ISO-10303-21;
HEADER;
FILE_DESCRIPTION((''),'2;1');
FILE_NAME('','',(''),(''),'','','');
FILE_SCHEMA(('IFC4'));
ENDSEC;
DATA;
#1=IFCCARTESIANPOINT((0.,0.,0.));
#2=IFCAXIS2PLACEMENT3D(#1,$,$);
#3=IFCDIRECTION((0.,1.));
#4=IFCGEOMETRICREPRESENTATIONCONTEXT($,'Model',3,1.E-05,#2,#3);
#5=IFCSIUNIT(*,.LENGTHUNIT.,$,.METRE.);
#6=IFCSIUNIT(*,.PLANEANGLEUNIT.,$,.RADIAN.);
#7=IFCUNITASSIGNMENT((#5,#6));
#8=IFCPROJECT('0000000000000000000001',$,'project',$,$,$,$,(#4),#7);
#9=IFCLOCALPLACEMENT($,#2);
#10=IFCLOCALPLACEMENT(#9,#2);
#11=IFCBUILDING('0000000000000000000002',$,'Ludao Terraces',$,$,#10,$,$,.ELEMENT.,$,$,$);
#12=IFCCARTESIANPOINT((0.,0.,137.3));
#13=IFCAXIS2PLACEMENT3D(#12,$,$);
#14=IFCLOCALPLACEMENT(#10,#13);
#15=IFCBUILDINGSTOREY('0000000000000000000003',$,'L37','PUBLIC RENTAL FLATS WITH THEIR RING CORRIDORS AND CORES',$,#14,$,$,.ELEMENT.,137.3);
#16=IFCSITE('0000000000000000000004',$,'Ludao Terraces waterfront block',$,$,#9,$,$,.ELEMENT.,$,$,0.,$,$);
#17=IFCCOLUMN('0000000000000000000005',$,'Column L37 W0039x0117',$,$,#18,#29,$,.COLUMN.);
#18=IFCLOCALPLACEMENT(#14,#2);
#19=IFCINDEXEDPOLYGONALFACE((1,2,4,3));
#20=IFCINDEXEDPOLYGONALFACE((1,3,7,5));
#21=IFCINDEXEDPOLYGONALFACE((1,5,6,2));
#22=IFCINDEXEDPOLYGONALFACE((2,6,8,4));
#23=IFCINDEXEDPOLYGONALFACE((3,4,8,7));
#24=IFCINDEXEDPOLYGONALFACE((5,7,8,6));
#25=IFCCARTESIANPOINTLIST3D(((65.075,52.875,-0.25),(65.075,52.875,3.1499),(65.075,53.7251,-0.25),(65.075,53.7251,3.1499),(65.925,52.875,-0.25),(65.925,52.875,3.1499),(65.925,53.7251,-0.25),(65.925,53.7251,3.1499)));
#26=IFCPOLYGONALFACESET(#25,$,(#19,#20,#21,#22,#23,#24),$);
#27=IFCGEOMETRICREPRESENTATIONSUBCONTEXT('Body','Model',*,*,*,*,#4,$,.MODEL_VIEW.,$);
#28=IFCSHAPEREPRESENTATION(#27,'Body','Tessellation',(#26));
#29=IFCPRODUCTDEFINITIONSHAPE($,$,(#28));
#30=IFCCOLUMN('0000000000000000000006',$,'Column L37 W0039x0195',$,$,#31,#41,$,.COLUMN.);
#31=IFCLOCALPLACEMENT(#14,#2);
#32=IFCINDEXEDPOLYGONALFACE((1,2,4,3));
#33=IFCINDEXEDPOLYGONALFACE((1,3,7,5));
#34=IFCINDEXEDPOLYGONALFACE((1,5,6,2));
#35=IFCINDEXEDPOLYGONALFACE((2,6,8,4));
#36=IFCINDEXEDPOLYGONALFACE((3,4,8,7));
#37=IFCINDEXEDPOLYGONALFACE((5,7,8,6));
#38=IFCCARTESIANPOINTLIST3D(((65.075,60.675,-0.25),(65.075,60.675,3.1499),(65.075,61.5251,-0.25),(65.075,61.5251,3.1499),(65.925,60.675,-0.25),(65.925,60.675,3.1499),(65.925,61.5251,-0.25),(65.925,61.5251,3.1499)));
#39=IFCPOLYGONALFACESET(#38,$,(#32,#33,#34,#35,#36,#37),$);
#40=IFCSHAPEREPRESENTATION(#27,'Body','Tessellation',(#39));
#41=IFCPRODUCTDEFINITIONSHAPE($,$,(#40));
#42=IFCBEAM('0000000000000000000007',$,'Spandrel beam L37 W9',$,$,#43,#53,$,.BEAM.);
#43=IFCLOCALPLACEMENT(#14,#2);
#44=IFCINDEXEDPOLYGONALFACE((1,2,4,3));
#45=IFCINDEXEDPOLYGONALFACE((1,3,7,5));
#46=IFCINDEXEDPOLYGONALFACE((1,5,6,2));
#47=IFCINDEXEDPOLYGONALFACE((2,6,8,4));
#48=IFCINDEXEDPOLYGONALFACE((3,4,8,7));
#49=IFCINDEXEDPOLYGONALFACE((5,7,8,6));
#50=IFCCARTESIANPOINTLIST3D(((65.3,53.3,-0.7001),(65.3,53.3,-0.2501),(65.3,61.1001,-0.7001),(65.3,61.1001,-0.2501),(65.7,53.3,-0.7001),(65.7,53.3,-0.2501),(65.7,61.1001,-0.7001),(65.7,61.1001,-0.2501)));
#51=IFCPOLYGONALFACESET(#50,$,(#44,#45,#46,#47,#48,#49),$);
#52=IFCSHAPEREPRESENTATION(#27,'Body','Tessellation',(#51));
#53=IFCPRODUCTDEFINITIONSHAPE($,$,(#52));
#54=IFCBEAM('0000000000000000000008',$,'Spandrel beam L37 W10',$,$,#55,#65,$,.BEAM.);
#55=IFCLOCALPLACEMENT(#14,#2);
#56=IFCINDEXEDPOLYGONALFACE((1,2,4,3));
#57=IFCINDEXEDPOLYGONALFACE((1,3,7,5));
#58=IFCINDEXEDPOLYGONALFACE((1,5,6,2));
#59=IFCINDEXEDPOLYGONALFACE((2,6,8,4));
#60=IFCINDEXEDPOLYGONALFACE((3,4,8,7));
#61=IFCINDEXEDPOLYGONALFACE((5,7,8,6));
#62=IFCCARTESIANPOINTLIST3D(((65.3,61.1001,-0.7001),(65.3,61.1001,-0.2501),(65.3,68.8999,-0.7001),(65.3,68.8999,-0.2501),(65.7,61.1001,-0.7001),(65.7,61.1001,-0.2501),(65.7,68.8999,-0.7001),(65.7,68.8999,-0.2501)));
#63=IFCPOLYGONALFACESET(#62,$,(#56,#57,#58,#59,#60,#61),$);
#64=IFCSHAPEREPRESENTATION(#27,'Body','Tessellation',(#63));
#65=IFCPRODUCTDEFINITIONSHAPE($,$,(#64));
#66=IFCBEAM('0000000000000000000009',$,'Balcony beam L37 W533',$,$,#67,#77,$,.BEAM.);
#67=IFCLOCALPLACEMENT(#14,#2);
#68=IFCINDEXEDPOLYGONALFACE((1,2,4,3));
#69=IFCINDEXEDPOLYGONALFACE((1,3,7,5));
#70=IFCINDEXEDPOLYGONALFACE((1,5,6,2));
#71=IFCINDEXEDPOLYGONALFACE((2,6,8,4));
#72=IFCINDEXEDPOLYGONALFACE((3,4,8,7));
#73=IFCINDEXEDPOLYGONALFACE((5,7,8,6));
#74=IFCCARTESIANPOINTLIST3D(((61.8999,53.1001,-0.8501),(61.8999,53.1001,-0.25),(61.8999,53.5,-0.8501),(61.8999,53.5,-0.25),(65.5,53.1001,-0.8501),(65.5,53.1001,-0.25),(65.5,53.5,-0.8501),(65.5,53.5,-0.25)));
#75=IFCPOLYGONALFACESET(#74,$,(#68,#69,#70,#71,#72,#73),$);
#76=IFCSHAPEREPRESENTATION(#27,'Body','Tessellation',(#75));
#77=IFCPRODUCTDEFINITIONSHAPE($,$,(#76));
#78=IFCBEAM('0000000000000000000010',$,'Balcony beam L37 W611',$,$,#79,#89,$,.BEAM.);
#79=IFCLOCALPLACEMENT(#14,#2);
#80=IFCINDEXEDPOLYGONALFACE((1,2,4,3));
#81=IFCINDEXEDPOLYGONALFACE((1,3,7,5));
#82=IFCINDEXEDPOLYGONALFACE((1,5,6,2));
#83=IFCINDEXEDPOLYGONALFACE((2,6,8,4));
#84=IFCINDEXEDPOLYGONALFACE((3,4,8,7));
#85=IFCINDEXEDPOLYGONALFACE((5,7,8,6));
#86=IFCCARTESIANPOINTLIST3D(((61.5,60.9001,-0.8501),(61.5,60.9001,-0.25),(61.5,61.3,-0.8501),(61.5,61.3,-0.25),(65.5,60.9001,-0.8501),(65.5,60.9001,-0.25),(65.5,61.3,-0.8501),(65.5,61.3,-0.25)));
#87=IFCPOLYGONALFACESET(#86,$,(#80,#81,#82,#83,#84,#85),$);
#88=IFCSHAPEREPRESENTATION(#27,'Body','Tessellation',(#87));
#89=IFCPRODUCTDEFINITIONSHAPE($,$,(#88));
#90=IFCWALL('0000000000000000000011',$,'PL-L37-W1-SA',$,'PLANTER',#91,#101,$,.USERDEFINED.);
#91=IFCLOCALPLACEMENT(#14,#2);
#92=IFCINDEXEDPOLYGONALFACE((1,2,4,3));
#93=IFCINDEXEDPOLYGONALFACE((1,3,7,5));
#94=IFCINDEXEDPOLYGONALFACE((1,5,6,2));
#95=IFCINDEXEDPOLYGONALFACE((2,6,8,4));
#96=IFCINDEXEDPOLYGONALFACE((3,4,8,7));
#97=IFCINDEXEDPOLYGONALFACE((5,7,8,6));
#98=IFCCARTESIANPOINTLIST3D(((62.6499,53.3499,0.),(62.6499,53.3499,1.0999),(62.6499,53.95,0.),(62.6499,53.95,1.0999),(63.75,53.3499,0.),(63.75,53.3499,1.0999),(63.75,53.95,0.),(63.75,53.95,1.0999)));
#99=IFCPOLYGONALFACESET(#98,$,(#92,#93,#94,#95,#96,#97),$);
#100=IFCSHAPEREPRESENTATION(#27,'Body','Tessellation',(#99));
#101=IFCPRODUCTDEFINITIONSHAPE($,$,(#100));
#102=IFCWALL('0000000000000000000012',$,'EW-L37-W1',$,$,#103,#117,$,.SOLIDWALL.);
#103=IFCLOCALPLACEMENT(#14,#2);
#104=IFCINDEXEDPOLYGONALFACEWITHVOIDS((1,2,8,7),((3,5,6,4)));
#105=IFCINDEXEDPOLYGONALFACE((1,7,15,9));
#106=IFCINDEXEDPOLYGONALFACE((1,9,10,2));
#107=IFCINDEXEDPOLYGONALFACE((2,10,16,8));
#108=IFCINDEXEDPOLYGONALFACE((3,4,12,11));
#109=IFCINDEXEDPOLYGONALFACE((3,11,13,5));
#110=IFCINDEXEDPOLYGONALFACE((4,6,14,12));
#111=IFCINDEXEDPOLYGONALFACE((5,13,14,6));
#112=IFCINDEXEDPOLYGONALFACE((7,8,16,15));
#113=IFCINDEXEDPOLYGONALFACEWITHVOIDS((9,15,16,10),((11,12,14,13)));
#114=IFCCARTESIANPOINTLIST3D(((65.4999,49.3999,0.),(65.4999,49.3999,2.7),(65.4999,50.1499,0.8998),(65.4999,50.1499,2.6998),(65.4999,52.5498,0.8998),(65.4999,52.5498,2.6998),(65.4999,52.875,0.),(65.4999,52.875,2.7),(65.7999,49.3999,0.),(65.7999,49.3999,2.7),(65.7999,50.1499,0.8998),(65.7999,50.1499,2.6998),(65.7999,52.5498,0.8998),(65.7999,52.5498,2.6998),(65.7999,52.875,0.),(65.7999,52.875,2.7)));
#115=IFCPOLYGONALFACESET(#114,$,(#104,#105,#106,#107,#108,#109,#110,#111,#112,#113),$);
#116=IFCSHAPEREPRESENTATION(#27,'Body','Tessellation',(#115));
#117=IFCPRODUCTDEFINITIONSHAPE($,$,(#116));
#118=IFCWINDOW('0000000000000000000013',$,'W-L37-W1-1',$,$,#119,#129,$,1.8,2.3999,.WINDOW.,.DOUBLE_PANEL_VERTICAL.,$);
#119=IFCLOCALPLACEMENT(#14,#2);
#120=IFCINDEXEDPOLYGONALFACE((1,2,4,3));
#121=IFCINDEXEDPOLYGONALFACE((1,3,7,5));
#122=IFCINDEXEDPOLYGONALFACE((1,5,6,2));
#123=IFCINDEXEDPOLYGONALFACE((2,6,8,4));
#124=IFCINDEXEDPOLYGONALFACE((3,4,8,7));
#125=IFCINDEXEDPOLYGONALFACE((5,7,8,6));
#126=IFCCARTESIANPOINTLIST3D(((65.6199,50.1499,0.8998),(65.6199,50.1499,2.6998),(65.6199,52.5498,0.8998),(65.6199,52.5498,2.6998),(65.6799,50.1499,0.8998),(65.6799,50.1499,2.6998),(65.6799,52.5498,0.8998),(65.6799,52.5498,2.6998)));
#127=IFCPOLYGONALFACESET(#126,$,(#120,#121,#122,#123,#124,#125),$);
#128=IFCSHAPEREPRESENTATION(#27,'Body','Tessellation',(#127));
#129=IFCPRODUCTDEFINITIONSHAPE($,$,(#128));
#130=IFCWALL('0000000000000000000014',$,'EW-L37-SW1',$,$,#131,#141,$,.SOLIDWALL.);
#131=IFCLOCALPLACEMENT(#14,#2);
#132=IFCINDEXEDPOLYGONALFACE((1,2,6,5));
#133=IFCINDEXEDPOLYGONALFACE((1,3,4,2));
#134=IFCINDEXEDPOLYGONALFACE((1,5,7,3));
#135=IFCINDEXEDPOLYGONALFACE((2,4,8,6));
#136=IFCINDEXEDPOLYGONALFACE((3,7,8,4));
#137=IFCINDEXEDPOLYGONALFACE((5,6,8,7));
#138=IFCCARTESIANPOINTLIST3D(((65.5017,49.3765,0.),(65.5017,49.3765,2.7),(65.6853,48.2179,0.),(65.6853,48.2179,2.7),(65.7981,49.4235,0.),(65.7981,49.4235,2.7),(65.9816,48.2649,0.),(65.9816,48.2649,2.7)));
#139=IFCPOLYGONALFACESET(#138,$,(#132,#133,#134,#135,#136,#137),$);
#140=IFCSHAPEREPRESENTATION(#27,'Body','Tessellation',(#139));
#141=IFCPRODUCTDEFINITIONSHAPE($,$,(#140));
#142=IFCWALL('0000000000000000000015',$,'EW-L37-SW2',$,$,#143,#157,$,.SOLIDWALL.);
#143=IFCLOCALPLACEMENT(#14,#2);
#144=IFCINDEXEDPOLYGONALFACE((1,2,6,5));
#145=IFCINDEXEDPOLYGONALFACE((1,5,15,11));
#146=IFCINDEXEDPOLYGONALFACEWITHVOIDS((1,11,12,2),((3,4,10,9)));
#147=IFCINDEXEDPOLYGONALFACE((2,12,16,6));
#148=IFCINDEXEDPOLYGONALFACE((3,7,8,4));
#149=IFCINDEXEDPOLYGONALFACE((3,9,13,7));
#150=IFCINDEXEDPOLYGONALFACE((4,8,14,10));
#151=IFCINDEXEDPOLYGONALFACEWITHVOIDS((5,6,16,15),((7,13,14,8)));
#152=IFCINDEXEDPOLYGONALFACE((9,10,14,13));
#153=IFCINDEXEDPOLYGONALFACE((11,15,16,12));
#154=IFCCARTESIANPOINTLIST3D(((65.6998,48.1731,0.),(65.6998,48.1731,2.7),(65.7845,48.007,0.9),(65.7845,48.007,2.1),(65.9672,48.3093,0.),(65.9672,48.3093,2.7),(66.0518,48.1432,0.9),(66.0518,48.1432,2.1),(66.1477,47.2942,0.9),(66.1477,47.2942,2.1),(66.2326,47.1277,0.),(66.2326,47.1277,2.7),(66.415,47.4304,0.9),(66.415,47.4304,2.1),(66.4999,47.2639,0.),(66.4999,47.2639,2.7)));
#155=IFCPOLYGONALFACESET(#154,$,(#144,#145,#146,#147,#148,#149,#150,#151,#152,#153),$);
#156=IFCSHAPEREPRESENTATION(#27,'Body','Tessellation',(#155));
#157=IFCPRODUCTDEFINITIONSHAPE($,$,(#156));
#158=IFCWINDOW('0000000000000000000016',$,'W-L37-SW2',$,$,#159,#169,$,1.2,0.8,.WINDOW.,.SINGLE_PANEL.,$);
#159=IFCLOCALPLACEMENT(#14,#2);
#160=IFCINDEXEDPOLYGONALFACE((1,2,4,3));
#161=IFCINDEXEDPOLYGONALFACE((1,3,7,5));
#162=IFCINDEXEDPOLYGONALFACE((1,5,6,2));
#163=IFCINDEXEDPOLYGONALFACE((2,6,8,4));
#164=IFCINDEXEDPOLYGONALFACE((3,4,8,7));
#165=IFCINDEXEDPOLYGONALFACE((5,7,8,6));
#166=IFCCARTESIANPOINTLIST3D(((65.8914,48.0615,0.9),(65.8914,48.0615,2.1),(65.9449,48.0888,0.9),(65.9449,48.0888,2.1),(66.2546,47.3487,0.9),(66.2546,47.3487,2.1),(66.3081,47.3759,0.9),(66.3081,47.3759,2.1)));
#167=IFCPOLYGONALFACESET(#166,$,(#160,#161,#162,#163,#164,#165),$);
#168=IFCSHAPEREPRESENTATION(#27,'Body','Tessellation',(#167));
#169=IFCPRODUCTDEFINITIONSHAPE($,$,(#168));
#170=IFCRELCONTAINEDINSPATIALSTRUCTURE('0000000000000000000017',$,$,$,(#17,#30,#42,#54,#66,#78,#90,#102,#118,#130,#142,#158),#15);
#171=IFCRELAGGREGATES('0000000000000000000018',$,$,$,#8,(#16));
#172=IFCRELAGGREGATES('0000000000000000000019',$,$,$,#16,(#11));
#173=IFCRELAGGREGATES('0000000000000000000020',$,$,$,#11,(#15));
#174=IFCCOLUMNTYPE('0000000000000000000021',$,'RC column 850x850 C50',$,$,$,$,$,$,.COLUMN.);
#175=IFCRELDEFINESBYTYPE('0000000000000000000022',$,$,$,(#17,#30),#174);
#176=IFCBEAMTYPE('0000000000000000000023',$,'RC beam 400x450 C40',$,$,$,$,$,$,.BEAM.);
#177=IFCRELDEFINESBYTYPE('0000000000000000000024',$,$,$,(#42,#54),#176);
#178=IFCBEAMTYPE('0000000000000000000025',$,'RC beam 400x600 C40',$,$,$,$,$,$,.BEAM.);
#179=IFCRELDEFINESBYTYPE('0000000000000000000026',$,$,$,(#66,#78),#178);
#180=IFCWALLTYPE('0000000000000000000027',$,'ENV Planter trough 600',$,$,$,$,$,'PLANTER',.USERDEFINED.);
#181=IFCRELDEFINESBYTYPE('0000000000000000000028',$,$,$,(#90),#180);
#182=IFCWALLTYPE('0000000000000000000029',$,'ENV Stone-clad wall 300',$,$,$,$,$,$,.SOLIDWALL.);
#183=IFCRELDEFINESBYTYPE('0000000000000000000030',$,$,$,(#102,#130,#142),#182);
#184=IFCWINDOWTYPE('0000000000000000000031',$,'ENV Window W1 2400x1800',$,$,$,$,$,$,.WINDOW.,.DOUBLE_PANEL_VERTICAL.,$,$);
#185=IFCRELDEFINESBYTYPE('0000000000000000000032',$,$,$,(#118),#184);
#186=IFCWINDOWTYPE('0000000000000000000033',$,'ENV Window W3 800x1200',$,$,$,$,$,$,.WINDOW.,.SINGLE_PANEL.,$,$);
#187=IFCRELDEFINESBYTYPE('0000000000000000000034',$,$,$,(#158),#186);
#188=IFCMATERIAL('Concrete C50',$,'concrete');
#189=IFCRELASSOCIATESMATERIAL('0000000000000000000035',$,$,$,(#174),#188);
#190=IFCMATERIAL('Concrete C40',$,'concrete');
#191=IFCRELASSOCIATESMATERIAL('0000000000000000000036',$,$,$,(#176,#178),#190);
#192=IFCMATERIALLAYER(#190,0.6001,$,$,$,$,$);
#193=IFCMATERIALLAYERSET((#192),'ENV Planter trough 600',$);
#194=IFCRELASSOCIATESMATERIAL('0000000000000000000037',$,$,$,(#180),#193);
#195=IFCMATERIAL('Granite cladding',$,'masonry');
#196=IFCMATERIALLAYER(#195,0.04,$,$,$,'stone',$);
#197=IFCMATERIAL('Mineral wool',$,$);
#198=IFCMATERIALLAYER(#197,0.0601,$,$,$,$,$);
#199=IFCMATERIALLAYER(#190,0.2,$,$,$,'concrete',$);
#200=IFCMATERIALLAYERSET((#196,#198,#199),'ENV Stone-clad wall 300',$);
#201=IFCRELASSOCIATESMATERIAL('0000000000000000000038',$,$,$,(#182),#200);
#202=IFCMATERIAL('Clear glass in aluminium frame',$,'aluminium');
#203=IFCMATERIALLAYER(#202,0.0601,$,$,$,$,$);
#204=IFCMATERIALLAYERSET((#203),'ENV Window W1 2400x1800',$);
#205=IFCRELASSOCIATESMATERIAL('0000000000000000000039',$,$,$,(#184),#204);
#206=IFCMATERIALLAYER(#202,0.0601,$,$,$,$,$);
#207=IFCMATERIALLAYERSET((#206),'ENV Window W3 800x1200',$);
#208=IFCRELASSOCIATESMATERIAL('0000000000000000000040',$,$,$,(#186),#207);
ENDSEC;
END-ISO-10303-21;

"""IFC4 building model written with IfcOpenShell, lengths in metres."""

from ifc_helpers import new_model, si_unit, direction, frame, frame_2d, origin, origin_2d, place, context, subcontext, project, spatial, rectangle, extrude, material, layer, layer_set, material_profile, profile_set, type_object, element, fill, save


model = new_model("IFC4")

# Units and contexts
model_context = context("Model", 3, precision=1e-05, world=origin(), true_north=direction((0.0, 1.0)))
body_context = subcontext(model_context, "Body", "Model", "MODEL_VIEW")
ifc_project = project(units=[si_unit("LENGTHUNIT", "METRE"), si_unit("PLANEANGLEUNIT", "RADIAN")], contexts=[model_context])

# Site, building, storey
site_placement = place(None, origin())
site = spatial("IfcSite", under=ifc_project, at=site_placement, Name="Ludao Terraces waterfront block", CompositionType="ELEMENT", RefElevation=0.0)
building_placement = place(site_placement, origin())
building = spatial("IfcBuilding", under=site, at=building_placement, Name="Ludao Terraces", CompositionType="ELEMENT")
storey_placement = place(building_placement, frame((0.0, 0.0, 137.3)))
storey = spatial("IfcBuildingStorey", under=building, at=storey_placement, Name="L37", Description="PUBLIC RENTAL FLATS WITH THEIR RING CORRIDORS AND CORES", CompositionType="ELEMENT", Elevation=137.3)

# Columns
ifc_material_1 = material(Name="Concrete C50", Category="concrete")
ifc_material_profile_1 = material_profile(ifc_material_1, rectangle(XDim=0.8501, YDim=0.8501, at=origin_2d()), Name="850 X 850")
ifc_profile_set_1 = profile_set([ifc_material_profile_1], Name="Concrete C50")
column_type = type_object("IfcColumnType", Name="RC column 850x850 C50", PredefinedType="COLUMN", material=ifc_profile_set_1)
for number, where, z_axis, x_axis, name in (
    (1, (65.5, 53.3, -0.25), (0.0, 0.0, 1.0), (1.0, 0.0, 0.0), "Column L37 W0039x0117"),
    (2, (65.5, 61.1001, -0.25), (0.0, 0.0, 1.0), (1.0, 0.0, 0.0), "Column L37 W0039x0195"),
):
    element("IfcColumn", number, at=place(storey_placement, frame(where, z_axis=z_axis, x_axis=x_axis)), inside=storey, type_object=column_type, Name=name, PredefinedType="COLUMN", context=body_context, shape_type="SweptSolid", body=[
        extrude(rectangle(XDim=0.8501, YDim=0.8501, at=origin_2d()), origin(), (0.0, 0.0, 1.0), 3.3999),
    ])

# Beams
ifc_material_2 = material(Name="Concrete C40", Category="concrete")
ifc_material_profile_2 = material_profile(ifc_material_2, rectangle(XDim=0.3999, YDim=0.45, at=origin_2d()), Name="400 X 450")
ifc_profile_set_2 = profile_set([ifc_material_profile_2], Name="Concrete C40")
beam_type_1 = type_object("IfcBeamType", Name="RC beam 400x450 C40", PredefinedType="BEAM", material=ifc_profile_set_2)
beam_1_placement = place(storey_placement, frame((65.5, 53.3, -0.4751), z_axis=(0.0, 1.0, 0.0), x_axis=(-1.0, 0.0, 0.0)))
element("IfcBeam", 3, at=beam_1_placement, inside=storey, type_object=beam_type_1, Name="Spandrel beam L37 W9", PredefinedType="BEAM", context=body_context, shape_type="SweptSolid", body=[
    extrude(rectangle(XDim=0.3999, YDim=0.45, at=origin_2d()), origin(), (0.0, 0.0, 1.0), 7.8),
])
beam_2_placement = place(storey_placement, frame((65.5, 61.1001, -0.4751), z_axis=(0.0, 1.0, 0.0), x_axis=(-1.0, 0.0, 0.0)))
element("IfcBeam", 4, at=beam_2_placement, inside=storey, type_object=beam_type_1, Name="Spandrel beam L37 W10", PredefinedType="BEAM", context=body_context, shape_type="SweptSolid", body=[
    extrude(rectangle(XDim=0.3999, YDim=0.45, at=origin_2d()), origin(), (0.0, 0.0, 1.0), 7.7998),
])
ifc_material_profile_3 = material_profile(ifc_material_2, rectangle(XDim=0.3999, YDim=0.6001, at=origin_2d()), Name="400 X 600")
ifc_profile_set_3 = profile_set([ifc_material_profile_3], Name="Concrete C40")
beam_type_2 = type_object("IfcBeamType", Name="RC beam 400x600 C40", PredefinedType="BEAM", material=ifc_profile_set_3)
beam_3_placement = place(storey_placement, frame((65.5, 53.3, -0.55), z_axis=(-1.0, 0.0, 0.0), x_axis=(0.0, -1.0, 0.0)))
element("IfcBeam", 5, at=beam_3_placement, inside=storey, type_object=beam_type_2, Name="Balcony beam L37 W533", PredefinedType="BEAM", context=body_context, shape_type="SweptSolid", body=[
    extrude(rectangle(XDim=0.3999, YDim=0.6001, at=origin_2d()), origin(), (0.0, 0.0, 1.0), 3.6001),
])
beam_4_placement = place(storey_placement, frame((65.5, 61.1001, -0.55), z_axis=(-1.0, 0.0, 0.0), x_axis=(0.0, -1.0, 0.0)))
element("IfcBeam", 6, at=beam_4_placement, inside=storey, type_object=beam_type_2, Name="Balcony beam L37 W611", PredefinedType="BEAM", context=body_context, shape_type="SweptSolid", body=[
    extrude(rectangle(XDim=0.3999, YDim=0.6001, at=origin_2d()), origin(), (0.0, 0.0, 1.0), 4.0),
])

# Wall
ifc_layer_1 = layer(ifc_material_2, 0.6001)
ifc_layer_set_1 = layer_set([ifc_layer_1], Name="ENV Planter trough 600")
wall_type_1 = type_object("IfcWallType", Name="ENV Planter trough 600", ElementType="PLANTER", PredefinedType="USERDEFINED", material=ifc_layer_set_1)
wall_1_placement = place(storey_placement, frame((62.6499, 53.6499, 0.0), z_axis=(0.0, 0.0, 1.0), x_axis=(1.0, 0.0, 0.0)))
element("IfcWall", 7, at=wall_1_placement, inside=storey, type_object=wall_type_1, Name="PL-L37-W1-SA", ObjectType="PLANTER", PredefinedType="USERDEFINED", context=body_context, shape_type="SweptSolid", body=[
    extrude(rectangle(XDim=1.1001, YDim=0.6001, at=frame_2d((0.55, 0.0))), origin(), (0.0, 0.0, 1.0), 1.0999),
])

# Wall, opening, window
ifc_material_3 = material(Name="Granite cladding", Category="masonry")
ifc_layer_2 = layer(ifc_material_3, 0.04, Category="stone")
ifc_material_4 = material(Name="Mineral wool")
ifc_layer_3 = layer(ifc_material_4, 0.0601)
ifc_layer_4 = layer(ifc_material_2, 0.2, Category="concrete")
ifc_layer_set_2 = layer_set([ifc_layer_2, ifc_layer_3, ifc_layer_4], Name="ENV Stone-clad wall 300")
wall_type_2 = type_object("IfcWallType", Name="ENV Stone-clad wall 300", PredefinedType="SOLIDWALL", material=ifc_layer_set_2)
wall_2_placement = place(storey_placement, frame((65.6499, 49.3999, 0.0), z_axis=(0.0, 0.0, 1.0), x_axis=(0.0, 1.0, 0.0)))
wall_2 = element("IfcWall", 8, at=wall_2_placement, inside=storey, type_object=wall_type_2, Name="EW-L37-W1", PredefinedType="SOLIDWALL", context=body_context, shape_type="SweptSolid", body=[
    extrude(rectangle(XDim=3.4751, YDim=0.3, at=frame_2d((1.7375, 0.0))), origin(), (0.0, 0.0, 1.0), 2.7),
])
opening_1_placement = place(wall_2_placement, frame((0.75, 0.0, 0.8999)))
opening_1 = element("IfcOpeningElement", 9, at=opening_1_placement, cuts=wall_2, PredefinedType="OPENING", context=body_context, shape_type="SweptSolid", body=[
    extrude(rectangle(XDim=2.3999, YDim=1.8, at=frame_2d((1.2, 0.8999))), frame((0.0, 0.1602, 0.0), z_axis=(0.0, -1.0, 0.0), x_axis=(1.0, 0.0, 0.0)), (0.0, 0.0, 1.0), 0.3201),
])
ifc_material_5 = material(Name="Clear glass in aluminium frame", Category="aluminium")
ifc_layer_5 = layer(ifc_material_5, 0.0601)
ifc_layer_set_3 = layer_set([ifc_layer_5], Name="ENV Window W1 2400x1800")
window_type_1 = type_object("IfcWindowType", Name="ENV Window W1 2400x1800", PartitioningType="DOUBLE_PANEL_VERTICAL", PredefinedType="WINDOW", material=ifc_layer_set_3)
window_1_placement = place(opening_1_placement, origin())
window_1 = element("IfcWindow", 10, at=window_1_placement, inside=storey, type_object=window_type_1, Name="W-L37-W1-1", OverallHeight=1.8, OverallWidth=2.3999, PartitioningType="DOUBLE_PANEL_VERTICAL", PredefinedType="WINDOW", context=body_context, shape_type="SweptSolid", body=[
    extrude(rectangle(XDim=2.3999, YDim=1.8, at=frame_2d((1.2, 0.8999))), frame((0.0, 0.03, 0.0), z_axis=(0.0, -1.0, 0.0), x_axis=(1.0, 0.0, 0.0)), (0.0, 0.0, 1.0), 0.0601),
])
fill(opening_1, window_1)

# Wall
wall_3_placement = place(storey_placement, frame((65.6499, 49.3999, 0.0), z_axis=(0.0, 0.0, 1.0), x_axis=(0.156497, -0.987678, 0.0)))
element("IfcWall", 11, at=wall_3_placement, inside=storey, type_object=wall_type_2, Name="EW-L37-SW1", PredefinedType="SOLIDWALL", context=body_context, shape_type="SweptSolid", body=[
    extrude(rectangle(XDim=1.1731, YDim=0.3, at=frame_2d((0.5864, 0.0))), origin(), (0.0, 0.0, 1.0), 2.7),
])

# Wall, opening, window
wall_4_placement = place(storey_placement, frame((65.8335, 48.2412, 0.0), z_axis=(0.0, 0.0, 1.0), x_axis=(0.454026, -0.890989, 0.0)))
wall_4 = element("IfcWall", 12, at=wall_4_placement, inside=storey, type_object=wall_type_2, Name="EW-L37-SW2", PredefinedType="SOLIDWALL", context=body_context, shape_type="SweptSolid", body=[
    extrude(rectangle(XDim=1.1733, YDim=0.3, at=frame_2d((0.5867, 0.0))), origin(), (0.0, 0.0, 1.0), 2.7),
])
opening_2_placement = place(wall_4_placement, frame((0.1865, 0.0, 0.8999)))
opening_2 = element("IfcOpeningElement", 13, at=opening_2_placement, cuts=wall_4, PredefinedType="OPENING", context=body_context, shape_type="SweptSolid", body=[
    extrude(rectangle(XDim=0.8, YDim=1.2, at=frame_2d((0.3999, 0.6001))), frame((0.0, 0.1602, 0.0), z_axis=(0.0, -1.0, 0.0), x_axis=(1.0, 0.0, 0.0)), (0.0, 0.0, 1.0), 0.3201),
])
ifc_layer_6 = layer(ifc_material_5, 0.0601)
ifc_layer_set_4 = layer_set([ifc_layer_6], Name="ENV Window W3 800x1200")
window_type_2 = type_object("IfcWindowType", Name="ENV Window W3 800x1200", PartitioningType="SINGLE_PANEL", PredefinedType="WINDOW", material=ifc_layer_set_4)
window_2_placement = place(opening_2_placement, origin())
window_2 = element("IfcWindow", 14, at=window_2_placement, inside=storey, type_object=window_type_2, Name="W-L37-SW2", OverallHeight=1.2, OverallWidth=0.8, PartitioningType="SINGLE_PANEL", PredefinedType="WINDOW", context=body_context, shape_type="SweptSolid", body=[
    extrude(rectangle(XDim=0.8, YDim=1.2, at=frame_2d((0.3999, 0.6001))), frame((0.0, 0.03, 0.0), z_axis=(0.0, -1.0, 0.0), x_axis=(1.0, 0.0, 0.0)), (0.0, 0.0, 1.0), 0.0601),
])
fill(opening_2, window_2)

save(model, "model.ifc")
